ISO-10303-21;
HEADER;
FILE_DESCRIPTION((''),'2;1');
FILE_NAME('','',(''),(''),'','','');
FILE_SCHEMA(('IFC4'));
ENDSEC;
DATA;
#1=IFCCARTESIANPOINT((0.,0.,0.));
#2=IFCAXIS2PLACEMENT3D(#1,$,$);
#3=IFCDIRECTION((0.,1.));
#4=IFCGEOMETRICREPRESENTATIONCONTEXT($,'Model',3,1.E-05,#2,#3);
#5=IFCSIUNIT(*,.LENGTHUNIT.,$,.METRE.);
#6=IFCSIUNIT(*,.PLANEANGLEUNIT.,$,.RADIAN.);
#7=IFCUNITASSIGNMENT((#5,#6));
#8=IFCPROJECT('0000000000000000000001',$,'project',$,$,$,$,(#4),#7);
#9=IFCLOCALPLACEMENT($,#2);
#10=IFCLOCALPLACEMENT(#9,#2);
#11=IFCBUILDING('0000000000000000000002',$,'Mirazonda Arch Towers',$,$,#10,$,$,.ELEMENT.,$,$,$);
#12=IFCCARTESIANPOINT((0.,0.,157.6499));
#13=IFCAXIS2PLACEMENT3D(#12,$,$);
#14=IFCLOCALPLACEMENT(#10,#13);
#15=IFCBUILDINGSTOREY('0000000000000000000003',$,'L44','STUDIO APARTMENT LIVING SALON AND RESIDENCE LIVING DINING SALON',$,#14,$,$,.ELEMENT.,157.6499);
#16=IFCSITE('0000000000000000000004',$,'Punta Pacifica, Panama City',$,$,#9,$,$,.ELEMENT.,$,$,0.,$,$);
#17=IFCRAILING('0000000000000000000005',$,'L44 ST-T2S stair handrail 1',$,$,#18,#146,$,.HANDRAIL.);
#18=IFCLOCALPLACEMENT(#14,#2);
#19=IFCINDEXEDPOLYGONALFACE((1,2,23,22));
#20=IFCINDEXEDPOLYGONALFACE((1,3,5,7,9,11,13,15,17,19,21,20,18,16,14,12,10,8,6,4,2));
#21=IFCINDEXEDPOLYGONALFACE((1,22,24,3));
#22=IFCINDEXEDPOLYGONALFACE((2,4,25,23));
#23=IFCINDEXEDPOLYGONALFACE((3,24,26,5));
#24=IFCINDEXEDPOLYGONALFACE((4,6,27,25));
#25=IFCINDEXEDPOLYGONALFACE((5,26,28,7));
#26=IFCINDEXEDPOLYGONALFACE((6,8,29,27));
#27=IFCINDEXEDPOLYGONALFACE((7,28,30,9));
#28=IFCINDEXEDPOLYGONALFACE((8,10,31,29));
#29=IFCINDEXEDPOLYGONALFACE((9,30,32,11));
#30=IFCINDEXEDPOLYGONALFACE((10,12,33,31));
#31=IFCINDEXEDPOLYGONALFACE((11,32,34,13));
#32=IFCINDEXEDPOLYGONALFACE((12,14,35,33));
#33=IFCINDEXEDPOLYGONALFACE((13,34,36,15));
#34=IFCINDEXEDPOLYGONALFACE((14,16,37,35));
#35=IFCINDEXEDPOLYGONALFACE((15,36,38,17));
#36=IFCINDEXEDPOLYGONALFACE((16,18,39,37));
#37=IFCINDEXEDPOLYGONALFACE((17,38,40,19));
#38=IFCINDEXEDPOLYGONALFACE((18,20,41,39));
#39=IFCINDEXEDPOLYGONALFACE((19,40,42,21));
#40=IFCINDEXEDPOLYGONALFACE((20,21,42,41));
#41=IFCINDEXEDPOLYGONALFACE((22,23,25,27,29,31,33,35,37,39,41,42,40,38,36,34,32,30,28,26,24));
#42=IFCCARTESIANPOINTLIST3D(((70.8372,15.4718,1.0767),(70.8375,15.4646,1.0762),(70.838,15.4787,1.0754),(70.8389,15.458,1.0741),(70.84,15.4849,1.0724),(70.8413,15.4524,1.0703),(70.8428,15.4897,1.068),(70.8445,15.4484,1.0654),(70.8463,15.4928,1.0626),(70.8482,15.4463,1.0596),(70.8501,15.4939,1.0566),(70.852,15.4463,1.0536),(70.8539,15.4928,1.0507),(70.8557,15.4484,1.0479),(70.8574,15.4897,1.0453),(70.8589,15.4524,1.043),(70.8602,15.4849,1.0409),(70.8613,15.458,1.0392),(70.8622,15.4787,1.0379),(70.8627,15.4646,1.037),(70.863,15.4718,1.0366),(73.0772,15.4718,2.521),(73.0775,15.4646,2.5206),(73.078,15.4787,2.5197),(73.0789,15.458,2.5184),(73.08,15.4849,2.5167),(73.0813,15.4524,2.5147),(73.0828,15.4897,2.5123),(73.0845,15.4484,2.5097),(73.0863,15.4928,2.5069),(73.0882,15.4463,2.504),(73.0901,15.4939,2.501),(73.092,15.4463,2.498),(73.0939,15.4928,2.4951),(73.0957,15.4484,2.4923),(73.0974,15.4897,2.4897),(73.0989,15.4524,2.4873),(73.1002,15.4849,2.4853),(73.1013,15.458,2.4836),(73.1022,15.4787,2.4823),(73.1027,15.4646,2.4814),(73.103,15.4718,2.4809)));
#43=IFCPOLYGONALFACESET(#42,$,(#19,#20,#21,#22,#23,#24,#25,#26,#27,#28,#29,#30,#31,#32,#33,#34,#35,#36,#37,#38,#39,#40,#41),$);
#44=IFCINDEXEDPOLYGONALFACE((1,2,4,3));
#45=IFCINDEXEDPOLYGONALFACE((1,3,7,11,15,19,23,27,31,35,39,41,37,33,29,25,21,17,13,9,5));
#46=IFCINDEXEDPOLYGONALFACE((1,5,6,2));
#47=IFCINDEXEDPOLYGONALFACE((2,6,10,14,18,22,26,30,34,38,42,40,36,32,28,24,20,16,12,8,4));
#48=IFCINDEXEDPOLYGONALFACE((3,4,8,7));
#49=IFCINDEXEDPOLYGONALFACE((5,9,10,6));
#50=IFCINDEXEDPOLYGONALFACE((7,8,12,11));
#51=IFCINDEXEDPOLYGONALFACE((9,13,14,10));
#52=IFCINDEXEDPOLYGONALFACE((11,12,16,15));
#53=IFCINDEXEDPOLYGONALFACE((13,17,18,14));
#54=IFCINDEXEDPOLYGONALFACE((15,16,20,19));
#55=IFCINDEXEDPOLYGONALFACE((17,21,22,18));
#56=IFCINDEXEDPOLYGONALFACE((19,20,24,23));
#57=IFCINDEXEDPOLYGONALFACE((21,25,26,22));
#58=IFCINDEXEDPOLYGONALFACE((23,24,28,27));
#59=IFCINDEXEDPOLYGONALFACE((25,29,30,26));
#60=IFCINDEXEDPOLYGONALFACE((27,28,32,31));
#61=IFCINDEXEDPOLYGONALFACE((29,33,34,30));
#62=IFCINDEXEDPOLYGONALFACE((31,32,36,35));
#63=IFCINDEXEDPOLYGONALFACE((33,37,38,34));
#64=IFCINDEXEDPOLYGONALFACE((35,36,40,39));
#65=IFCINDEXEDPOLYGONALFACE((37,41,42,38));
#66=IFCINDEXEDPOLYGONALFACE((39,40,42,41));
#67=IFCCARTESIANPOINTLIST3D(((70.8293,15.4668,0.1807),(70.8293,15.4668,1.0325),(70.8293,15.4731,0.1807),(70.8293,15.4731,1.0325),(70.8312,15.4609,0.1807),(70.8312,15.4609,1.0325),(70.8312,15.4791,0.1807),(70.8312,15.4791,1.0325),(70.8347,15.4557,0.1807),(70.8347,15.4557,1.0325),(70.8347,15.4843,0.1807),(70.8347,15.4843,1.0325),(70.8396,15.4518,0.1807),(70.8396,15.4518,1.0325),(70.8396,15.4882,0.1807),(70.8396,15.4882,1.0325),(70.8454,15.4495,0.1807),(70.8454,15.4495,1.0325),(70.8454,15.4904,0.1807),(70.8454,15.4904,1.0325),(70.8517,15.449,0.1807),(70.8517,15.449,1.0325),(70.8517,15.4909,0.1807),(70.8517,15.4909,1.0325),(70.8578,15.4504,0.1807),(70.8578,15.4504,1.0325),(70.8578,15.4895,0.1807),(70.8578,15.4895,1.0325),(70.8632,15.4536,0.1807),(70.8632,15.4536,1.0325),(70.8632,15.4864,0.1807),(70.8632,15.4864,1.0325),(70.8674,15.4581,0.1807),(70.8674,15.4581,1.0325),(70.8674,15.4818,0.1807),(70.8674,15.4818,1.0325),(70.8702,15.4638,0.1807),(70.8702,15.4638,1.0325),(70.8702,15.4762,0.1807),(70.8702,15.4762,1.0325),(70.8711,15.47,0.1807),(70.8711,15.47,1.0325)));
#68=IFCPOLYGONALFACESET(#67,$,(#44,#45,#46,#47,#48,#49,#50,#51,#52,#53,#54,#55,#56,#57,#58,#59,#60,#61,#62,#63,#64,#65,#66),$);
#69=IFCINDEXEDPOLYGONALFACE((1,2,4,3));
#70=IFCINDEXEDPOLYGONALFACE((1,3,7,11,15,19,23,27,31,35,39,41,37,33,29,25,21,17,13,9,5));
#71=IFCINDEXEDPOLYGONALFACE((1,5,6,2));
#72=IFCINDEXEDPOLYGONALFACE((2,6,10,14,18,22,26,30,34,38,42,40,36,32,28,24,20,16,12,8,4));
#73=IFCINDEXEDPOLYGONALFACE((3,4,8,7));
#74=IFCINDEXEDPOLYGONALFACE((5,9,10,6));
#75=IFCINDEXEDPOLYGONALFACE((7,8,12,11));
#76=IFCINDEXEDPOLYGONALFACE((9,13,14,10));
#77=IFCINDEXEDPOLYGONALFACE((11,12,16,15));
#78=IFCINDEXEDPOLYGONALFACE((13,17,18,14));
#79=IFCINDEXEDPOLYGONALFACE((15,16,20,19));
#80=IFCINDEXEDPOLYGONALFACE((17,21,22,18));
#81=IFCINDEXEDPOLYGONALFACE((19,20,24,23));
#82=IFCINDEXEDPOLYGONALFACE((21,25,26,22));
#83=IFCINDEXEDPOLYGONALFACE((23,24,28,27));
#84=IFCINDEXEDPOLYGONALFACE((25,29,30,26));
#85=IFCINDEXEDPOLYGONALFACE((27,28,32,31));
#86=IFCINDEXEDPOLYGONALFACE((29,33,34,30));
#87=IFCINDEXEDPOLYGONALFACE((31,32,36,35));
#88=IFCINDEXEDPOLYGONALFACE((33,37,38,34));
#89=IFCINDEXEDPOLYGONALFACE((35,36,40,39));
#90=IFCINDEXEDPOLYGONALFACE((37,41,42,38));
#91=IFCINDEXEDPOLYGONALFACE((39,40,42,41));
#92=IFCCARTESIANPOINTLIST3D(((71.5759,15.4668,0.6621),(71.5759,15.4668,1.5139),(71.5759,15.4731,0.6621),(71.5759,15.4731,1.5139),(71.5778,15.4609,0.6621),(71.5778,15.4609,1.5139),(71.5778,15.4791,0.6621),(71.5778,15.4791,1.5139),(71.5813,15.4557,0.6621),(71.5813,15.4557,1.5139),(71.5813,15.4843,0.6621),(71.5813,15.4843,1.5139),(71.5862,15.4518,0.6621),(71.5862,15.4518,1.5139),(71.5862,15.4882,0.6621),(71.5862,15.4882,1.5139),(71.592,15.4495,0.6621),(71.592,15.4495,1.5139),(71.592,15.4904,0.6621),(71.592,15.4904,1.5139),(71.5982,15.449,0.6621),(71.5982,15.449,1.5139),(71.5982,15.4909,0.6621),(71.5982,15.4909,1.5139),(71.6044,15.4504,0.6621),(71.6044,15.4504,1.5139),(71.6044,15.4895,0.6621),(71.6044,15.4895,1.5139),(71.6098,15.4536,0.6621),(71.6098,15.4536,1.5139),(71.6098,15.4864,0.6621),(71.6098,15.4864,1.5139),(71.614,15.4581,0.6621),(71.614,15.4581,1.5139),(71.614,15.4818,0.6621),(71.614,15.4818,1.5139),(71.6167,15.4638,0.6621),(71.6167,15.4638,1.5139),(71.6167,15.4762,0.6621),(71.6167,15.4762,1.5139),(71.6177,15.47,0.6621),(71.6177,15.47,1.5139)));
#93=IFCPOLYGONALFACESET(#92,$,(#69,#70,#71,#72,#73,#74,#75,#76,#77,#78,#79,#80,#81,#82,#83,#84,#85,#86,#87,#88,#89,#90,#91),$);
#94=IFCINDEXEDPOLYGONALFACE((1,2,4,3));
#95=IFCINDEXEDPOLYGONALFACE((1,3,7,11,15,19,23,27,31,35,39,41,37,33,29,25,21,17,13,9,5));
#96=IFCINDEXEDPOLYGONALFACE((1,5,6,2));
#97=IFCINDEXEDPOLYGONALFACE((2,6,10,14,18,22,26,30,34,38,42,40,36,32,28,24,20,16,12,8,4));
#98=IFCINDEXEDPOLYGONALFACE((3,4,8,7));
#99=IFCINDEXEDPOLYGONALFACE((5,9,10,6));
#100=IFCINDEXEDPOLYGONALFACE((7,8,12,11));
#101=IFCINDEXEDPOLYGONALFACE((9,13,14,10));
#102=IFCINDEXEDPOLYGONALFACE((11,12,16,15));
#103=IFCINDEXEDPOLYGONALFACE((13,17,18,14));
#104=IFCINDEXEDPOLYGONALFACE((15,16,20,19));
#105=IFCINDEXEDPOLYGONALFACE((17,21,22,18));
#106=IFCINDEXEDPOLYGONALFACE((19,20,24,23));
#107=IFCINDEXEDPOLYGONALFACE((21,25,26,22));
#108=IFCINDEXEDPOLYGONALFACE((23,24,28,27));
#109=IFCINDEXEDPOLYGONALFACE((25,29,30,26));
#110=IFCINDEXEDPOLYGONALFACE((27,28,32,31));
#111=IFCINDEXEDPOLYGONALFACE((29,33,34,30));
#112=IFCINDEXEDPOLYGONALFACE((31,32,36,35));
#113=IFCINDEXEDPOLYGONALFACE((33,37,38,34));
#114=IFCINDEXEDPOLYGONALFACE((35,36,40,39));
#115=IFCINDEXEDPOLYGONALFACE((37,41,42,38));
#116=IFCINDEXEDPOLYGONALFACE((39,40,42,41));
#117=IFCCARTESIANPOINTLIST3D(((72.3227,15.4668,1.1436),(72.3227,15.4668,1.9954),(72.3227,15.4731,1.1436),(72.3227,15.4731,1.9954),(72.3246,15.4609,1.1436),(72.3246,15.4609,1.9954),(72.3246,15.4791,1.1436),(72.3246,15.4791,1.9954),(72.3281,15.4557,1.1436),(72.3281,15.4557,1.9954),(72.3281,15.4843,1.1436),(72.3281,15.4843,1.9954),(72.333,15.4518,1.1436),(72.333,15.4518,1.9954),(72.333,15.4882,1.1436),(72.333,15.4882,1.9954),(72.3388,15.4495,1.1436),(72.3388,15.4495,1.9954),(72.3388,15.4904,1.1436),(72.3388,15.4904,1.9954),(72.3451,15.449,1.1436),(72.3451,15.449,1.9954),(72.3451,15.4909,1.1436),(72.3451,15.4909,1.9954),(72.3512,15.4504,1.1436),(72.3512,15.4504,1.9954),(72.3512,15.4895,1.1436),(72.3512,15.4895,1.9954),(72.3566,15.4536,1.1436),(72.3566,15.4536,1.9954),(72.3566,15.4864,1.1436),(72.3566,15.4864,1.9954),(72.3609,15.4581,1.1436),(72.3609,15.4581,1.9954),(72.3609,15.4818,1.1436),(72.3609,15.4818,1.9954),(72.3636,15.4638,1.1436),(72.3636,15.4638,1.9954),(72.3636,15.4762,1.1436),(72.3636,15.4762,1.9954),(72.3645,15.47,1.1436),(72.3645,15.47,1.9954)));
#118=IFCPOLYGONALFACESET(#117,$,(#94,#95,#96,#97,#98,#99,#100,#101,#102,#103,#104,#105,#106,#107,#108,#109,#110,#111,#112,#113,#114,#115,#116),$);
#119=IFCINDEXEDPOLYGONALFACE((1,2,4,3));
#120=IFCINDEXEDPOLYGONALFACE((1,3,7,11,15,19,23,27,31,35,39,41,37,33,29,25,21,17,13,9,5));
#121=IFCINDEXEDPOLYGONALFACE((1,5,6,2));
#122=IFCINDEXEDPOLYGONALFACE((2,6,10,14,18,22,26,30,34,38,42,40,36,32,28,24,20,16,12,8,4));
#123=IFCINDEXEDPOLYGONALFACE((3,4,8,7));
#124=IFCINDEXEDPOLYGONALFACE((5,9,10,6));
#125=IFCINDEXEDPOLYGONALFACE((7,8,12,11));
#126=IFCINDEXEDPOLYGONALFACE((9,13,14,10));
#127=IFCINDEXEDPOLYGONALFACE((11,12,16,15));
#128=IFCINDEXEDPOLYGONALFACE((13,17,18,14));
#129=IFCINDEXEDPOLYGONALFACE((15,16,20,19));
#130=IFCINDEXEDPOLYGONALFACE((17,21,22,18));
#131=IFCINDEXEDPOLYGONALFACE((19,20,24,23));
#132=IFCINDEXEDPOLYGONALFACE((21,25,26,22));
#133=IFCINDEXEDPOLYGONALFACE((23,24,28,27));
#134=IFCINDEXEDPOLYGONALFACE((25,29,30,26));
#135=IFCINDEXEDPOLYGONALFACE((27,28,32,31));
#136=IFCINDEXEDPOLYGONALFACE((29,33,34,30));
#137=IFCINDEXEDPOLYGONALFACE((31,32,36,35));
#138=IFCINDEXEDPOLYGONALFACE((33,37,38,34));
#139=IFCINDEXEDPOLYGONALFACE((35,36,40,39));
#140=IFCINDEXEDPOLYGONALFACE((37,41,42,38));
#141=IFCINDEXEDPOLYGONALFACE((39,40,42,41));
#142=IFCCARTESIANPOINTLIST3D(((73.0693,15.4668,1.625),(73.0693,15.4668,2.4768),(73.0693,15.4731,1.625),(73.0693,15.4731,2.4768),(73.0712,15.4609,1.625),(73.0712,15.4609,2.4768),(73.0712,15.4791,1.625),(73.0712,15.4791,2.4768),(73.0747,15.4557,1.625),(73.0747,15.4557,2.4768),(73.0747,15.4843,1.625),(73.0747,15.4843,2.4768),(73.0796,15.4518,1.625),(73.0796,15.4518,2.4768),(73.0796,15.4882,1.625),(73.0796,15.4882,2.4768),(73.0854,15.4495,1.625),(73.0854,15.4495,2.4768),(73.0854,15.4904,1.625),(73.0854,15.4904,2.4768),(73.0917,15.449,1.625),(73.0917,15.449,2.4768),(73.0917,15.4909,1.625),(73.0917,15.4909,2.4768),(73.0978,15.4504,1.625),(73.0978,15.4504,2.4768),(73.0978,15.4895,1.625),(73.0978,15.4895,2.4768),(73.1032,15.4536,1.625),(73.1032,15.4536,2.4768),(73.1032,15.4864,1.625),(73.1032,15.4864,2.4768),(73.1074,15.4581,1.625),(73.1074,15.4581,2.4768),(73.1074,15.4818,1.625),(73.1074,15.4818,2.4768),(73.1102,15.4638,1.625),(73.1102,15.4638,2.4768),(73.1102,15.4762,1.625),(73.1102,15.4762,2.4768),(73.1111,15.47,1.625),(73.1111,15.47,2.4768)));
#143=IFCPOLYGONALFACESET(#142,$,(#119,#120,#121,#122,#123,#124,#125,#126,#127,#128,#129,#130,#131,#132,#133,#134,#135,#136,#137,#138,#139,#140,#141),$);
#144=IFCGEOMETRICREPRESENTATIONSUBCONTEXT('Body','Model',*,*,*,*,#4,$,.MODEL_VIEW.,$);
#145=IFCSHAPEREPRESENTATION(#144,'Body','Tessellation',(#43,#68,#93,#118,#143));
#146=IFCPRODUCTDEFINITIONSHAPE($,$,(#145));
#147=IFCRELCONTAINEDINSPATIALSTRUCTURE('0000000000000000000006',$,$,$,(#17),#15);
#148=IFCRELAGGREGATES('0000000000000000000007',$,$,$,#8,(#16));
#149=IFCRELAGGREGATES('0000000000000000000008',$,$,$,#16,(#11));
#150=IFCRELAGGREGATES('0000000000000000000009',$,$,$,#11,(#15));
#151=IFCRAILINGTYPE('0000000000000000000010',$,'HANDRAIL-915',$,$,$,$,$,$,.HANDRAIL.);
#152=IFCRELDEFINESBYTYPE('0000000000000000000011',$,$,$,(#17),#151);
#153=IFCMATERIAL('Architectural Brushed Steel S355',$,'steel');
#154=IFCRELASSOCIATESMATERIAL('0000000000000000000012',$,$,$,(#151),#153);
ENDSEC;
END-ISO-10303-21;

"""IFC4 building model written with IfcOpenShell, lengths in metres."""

from ifc_helpers import new_model, si_unit, direction, frame, origin, origin_2d, place, context, subcontext, project, spatial, circle, extrude, material, type_object, element, save


model = new_model("IFC4")

# Units and contexts
model_context = context("Model", 3, precision=1e-05, world=origin(), true_north=direction((0.0, 1.0)))
body_context = subcontext(model_context, "Body", "Model", "MODEL_VIEW")
ifc_project = project(units=[si_unit("LENGTHUNIT", "METRE"), si_unit("PLANEANGLEUNIT", "RADIAN")], contexts=[model_context])

# Site, building, storey
site_placement = place(None, origin())
site = spatial("IfcSite", under=ifc_project, at=site_placement, Name="Punta Pacifica, Panama City", CompositionType="ELEMENT", RefElevation=0.0)
building_placement = place(site_placement, origin())
building = spatial("IfcBuilding", under=site, at=building_placement, Name="Mirazonda Arch Towers", CompositionType="ELEMENT")
storey_placement = place(building_placement, frame((0.0, 0.0, 157.6499)))
storey = spatial("IfcBuildingStorey", under=building, at=storey_placement, Name="L44", Description="STUDIO APARTMENT LIVING SALON AND RESIDENCE LIVING DINING SALON", CompositionType="ELEMENT", Elevation=157.6499)

# Railing
ifc_material_1 = material(Name="Architectural Brushed Steel S355", Category="steel")
railing_type_1 = type_object("IfcRailingType", Name="HANDRAIL-915", PredefinedType="HANDRAIL", material=ifc_material_1)
railing_1_placement = place(storey_placement, frame((70.8501, 15.47, 0.1807)))
element("IfcRailing", 1, at=railing_1_placement, inside=storey, type_object=railing_type_1, Name="L44 ST-T2S stair handrail 1", PredefinedType="HANDRAIL", context=body_context, shape_type="SweptSolid", body=[
    extrude(circle(Radius=0.0239, at=origin_2d()), frame((0.0, 0.0, 0.876), z_axis=(0.840437, 0.0, 0.54191), x_axis=(0.0, 1.0, 0.0)), (0.0, 0.0, 1.0), 2.6653),
    extrude(circle(Radius=0.021, at=origin_2d()), origin(), (0.0, 0.0, 1.0), 0.8518),
    extrude(circle(Radius=0.021, at=origin_2d()), frame((0.7466, 0.0, 0.4814)), (0.0, 0.0, 1.0), 0.8518),
    extrude(circle(Radius=0.021, at=origin_2d()), frame((1.4934, 0.0, 0.9629)), (0.0, 0.0, 1.0), 0.8518),
    extrude(circle(Radius=0.021, at=origin_2d()), frame((2.24, 0.0, 1.4443)), (0.0, 0.0, 1.0), 0.8518),
])

save(model, "model.ifc")
